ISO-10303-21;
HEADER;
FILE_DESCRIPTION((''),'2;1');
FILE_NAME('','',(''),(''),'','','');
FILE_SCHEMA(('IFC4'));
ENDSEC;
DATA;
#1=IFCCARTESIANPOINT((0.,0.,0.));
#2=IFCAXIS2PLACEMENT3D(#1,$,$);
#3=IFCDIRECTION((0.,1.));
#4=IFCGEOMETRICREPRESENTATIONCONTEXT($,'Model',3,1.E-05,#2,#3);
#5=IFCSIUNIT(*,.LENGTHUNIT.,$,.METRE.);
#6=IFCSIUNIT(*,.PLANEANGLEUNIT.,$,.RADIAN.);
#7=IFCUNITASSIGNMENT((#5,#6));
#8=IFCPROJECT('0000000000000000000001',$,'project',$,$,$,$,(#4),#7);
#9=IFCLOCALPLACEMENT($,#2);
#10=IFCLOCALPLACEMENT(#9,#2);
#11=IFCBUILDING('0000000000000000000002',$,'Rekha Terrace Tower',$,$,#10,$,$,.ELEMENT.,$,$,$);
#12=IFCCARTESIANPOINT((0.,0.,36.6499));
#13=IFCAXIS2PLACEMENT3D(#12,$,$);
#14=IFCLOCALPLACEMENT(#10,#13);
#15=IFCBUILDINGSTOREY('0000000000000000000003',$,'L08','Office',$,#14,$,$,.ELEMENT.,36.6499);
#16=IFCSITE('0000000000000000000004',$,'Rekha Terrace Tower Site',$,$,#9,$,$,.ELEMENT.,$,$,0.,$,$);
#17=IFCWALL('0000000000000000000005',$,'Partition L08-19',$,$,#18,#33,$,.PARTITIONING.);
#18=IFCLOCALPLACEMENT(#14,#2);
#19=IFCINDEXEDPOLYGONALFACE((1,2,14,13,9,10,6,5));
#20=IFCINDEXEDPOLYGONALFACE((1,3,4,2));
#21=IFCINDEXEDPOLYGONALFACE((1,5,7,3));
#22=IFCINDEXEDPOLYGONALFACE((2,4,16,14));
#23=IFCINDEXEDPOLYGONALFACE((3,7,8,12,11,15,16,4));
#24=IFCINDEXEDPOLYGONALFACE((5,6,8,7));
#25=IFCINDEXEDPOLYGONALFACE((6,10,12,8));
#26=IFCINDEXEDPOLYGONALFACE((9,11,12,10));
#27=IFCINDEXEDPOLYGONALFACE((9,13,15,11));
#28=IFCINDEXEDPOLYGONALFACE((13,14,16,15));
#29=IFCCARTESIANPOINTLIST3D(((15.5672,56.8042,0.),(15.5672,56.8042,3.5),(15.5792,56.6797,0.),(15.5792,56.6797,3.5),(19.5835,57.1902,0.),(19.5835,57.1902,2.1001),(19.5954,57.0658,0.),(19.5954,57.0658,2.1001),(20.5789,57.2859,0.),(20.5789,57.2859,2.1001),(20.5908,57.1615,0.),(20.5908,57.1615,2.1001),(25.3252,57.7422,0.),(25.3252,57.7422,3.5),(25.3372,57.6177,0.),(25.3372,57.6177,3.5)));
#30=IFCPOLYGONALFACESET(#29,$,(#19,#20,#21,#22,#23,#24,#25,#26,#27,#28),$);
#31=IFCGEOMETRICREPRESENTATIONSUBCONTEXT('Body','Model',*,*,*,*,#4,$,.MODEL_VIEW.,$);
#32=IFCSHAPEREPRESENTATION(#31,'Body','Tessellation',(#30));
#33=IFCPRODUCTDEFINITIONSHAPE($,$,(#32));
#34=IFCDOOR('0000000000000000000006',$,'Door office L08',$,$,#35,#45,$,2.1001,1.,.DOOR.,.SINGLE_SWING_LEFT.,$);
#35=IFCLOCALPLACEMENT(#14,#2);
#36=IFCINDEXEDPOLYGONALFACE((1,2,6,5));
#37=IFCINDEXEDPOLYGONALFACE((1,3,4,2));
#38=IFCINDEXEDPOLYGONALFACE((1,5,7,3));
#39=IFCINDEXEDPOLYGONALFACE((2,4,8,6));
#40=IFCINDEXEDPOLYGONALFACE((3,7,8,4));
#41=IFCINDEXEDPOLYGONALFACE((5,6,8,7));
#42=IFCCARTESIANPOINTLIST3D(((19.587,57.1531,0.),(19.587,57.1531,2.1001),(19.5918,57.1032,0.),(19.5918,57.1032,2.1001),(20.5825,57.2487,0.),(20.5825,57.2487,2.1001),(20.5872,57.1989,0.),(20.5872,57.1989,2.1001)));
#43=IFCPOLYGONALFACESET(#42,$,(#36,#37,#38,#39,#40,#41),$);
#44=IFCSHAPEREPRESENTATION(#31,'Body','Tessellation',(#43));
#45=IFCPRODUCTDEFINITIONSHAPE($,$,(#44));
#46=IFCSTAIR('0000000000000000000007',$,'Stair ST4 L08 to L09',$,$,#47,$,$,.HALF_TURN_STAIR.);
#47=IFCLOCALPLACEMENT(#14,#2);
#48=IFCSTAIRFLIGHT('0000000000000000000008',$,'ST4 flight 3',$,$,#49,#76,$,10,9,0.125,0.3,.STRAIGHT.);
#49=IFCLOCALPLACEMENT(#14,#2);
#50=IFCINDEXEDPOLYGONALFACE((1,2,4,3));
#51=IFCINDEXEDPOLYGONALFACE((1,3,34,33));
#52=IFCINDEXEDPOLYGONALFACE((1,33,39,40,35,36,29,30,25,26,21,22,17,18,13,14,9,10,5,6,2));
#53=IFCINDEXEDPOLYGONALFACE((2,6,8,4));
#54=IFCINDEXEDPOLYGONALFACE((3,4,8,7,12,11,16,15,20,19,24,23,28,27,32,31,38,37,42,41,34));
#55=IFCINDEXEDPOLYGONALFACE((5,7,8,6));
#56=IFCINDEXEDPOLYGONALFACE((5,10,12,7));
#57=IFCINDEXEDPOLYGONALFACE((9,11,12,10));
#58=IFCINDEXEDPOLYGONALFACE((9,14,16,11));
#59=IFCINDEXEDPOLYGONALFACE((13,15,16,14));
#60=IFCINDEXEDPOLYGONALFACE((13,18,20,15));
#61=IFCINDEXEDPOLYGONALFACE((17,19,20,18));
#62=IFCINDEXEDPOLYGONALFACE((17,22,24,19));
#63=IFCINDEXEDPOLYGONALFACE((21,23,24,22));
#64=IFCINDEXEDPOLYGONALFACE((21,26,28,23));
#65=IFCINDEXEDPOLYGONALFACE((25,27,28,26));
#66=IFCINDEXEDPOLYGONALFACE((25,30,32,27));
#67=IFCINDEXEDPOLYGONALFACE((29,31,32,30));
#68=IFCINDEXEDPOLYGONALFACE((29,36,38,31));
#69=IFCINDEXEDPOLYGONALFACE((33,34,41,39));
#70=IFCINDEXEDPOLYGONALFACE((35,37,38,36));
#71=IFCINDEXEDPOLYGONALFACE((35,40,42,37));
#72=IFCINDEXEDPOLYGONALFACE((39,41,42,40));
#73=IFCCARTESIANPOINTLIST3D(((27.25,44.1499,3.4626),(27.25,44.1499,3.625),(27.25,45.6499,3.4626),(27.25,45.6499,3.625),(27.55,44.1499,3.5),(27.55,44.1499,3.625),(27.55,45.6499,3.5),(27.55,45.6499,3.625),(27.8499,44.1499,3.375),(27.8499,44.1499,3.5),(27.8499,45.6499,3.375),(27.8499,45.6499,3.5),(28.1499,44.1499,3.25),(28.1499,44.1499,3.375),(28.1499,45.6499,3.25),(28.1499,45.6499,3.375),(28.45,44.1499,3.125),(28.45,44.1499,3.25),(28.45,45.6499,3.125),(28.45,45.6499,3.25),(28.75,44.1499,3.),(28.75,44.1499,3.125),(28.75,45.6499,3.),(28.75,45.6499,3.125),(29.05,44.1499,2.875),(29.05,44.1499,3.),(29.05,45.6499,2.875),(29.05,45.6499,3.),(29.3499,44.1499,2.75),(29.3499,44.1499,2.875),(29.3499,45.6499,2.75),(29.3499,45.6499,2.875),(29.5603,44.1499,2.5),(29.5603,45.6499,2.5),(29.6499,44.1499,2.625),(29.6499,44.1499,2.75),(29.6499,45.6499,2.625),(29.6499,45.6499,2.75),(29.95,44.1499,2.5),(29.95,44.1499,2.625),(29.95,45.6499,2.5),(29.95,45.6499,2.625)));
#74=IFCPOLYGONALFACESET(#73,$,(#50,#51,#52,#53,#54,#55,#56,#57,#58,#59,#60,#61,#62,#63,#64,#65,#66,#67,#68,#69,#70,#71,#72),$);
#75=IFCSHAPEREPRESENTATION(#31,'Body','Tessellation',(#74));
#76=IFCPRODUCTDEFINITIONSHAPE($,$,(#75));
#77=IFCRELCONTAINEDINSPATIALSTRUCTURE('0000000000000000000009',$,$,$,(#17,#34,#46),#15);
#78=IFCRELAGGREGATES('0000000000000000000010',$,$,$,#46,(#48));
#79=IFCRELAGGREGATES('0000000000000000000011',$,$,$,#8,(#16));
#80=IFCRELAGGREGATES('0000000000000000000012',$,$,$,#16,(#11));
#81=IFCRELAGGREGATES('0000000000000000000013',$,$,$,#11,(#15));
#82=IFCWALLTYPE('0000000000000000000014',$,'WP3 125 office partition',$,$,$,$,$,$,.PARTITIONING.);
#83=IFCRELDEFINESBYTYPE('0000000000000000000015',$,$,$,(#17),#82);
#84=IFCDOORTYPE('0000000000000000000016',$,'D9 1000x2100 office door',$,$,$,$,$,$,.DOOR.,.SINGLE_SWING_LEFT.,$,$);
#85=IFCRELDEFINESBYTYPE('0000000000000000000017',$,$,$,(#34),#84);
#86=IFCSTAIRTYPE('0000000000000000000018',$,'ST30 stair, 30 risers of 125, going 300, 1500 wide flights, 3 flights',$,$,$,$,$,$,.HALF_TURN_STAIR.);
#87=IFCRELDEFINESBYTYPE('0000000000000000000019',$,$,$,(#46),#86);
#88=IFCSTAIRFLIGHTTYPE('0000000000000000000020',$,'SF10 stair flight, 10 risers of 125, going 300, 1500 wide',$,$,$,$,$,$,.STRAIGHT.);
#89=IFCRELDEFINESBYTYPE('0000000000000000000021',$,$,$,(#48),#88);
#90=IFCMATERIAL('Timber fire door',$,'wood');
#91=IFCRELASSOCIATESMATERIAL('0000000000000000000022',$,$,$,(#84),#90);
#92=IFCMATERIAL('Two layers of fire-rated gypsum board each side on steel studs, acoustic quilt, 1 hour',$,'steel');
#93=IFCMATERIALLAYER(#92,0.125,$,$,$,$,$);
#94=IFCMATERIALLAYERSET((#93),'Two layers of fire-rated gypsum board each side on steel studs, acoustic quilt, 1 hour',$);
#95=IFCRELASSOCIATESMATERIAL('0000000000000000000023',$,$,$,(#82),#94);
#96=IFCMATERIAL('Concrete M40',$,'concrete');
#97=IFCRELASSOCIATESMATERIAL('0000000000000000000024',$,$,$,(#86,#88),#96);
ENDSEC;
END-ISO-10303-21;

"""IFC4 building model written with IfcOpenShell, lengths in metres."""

from ifc_helpers import new_model, si_unit, direction, frame, frame_2d, origin, place, context, subcontext, project, spatial, polyline, rectangle, outline, extrude, material, layer, layer_set, type_object, element, fill, aggregate, save


model = new_model("IFC4")

# Units and contexts
model_context = context("Model", 3, precision=1e-05, world=origin(), true_north=direction((0.0, 1.0)))
body_context = subcontext(model_context, "Body", "Model", "MODEL_VIEW")
ifc_project = project(units=[si_unit("LENGTHUNIT", "METRE"), si_unit("PLANEANGLEUNIT", "RADIAN")], contexts=[model_context])

# Site, building, storey
site_placement = place(None, origin())
site = spatial("IfcSite", under=ifc_project, at=site_placement, Name="Rekha Terrace Tower Site", CompositionType="ELEMENT", RefElevation=0.0)
building_placement = place(site_placement, origin())
building = spatial("IfcBuilding", under=site, at=building_placement, Name="Rekha Terrace Tower", CompositionType="ELEMENT")
storey_placement = place(building_placement, frame((0.0, 0.0, 36.6499)))
storey = spatial("IfcBuildingStorey", under=building, at=storey_placement, Name="L08", Description="Office", CompositionType="ELEMENT", Elevation=36.6499)

# Shared definitions
ifc_material_1 = material(Name="Timber fire door", Category="wood")
door_type_1 = type_object("IfcDoorType", Name="D9 1000x2100 office door", OperationType="SINGLE_SWING_LEFT", PredefinedType="DOOR", material=ifc_material_1)

# Shared definitions
ifc_material_2 = material(Name="Two layers of fire-rated gypsum board each side on steel studs, acoustic quilt, 1 hour", Category="steel")
ifc_layer_1 = layer(ifc_material_2, 0.125)
ifc_layer_set_1 = layer_set([ifc_layer_1], Name="Two layers of fire-rated gypsum board each side on steel studs, acoustic quilt, 1 hour")
wall_type_1 = type_object("IfcWallType", Name="WP3 125 office partition", PredefinedType="PARTITIONING", material=ifc_layer_set_1)

# Wall, opening, door
wall_1_placement = place(storey_placement, frame((25.3311, 57.6799, 0.0), z_axis=(0.0, 0.0, 1.0), x_axis=(-0.995412, -0.095683, 0.0)))
wall_1 = element("IfcWall", 1, at=wall_1_placement, inside=storey, type_object=wall_type_1, Name="Partition L08-19", PredefinedType="PARTITIONING", context=body_context, shape_type="SweptSolid", body=[
    extrude(rectangle(XDim=9.803, YDim=0.125, at=frame_2d((4.9014, 0.0))), origin(), (0.0, 0.0, 1.0), 3.5),
])
opening_1_placement = place(wall_1_placement, frame((4.7681, 0.0, 0.0)))
opening_1 = element("IfcOpeningElement", 2, at=opening_1_placement, cuts=wall_1, PredefinedType="OPENING", context=body_context, shape_type="SweptSolid", body=[
    extrude(rectangle(XDim=1.0, YDim=2.1001, at=frame_2d((0.5, 1.05))), frame((0.0, 0.0725, 0.0), z_axis=(0.0, -1.0, 0.0), x_axis=(1.0, 0.0, 0.0)), (0.0, 0.0, 1.0), 0.145),
])
door_1_placement = place(opening_1_placement, origin())
door_1 = element("IfcDoor", 3, at=door_1_placement, inside=storey, type_object=door_type_1, Name="Door office L08", OperationType="SINGLE_SWING_LEFT", OverallHeight=2.1001, OverallWidth=1.0, PredefinedType="DOOR", context=body_context, shape_type="SweptSolid", body=[
    extrude(rectangle(XDim=1.0, YDim=2.1001, at=frame_2d((0.5, 1.05))), frame((0.0, 0.0249, 0.0), z_axis=(0.0, -1.0, 0.0), x_axis=(1.0, 0.0, 0.0)), (0.0, 0.0, 1.0), 0.05),
])
fill(opening_1, door_1)

# Stair, stair flight
ifc_material_3 = material(Name="Concrete M40", Category="concrete")
stair_type = type_object("IfcStairType", Name="ST30 stair, 30 risers of 125, going 300, 1500 wide flights, 3 flights", PredefinedType="HALF_TURN_STAIR", material=ifc_material_3)
stair_placement = place(storey_placement, origin())
stair = element("IfcStair", 4, at=stair_placement, inside=storey, type_object=stair_type, Name="Stair ST4 L08 to L09", PredefinedType="HALF_TURN_STAIR")
stair_flight_type = type_object("IfcStairFlightType", Name="SF10 stair flight, 10 risers of 125, going 300, 1500 wide", PredefinedType="STRAIGHT", material=ifc_material_3)
stair_flight_placement = place(storey_placement, frame((29.95, 44.8999, 2.5), z_axis=(0.0, 0.0, 1.0), x_axis=(-1.0, 0.0, 0.0)))
stair_flight = element("IfcStairFlight", 5, at=stair_flight_placement, type_object=stair_flight_type, Name="ST4 flight 3", NumberOfRisers=10, NumberOfTreads=9, PredefinedType="STRAIGHT", RiserHeight=0.125, TreadLength=0.3, context=body_context, shape_type="SweptSolid", body=[
    extrude(outline(polyline([(0.0, 0.0), (0.0, 0.125), (0.3, 0.125), (0.3, 0.25), (0.6001, 0.25), (0.6001, 0.375), (0.8999, 0.375), (0.8999, 0.5), (1.2, 0.5), (1.2, 0.625), (1.5, 0.625), (1.5, 0.75), (1.8, 0.75), (1.8, 0.875), (2.1001, 0.875), (2.1001, 1.0), (2.3999, 1.0), (2.3999, 1.125), (2.7, 1.125), (2.7, 1.25), (2.7, 0.9626), (0.3896, 0.0), (0.0, 0.0)])), frame((0.0, 0.75, 0.0), z_axis=(0.0, -1.0, 0.0), x_axis=(1.0, 0.0, 0.0)), (0.0, 0.0, 1.0), 1.5),
])
aggregate(stair, [stair_flight])

save(model, "model.ifc")
